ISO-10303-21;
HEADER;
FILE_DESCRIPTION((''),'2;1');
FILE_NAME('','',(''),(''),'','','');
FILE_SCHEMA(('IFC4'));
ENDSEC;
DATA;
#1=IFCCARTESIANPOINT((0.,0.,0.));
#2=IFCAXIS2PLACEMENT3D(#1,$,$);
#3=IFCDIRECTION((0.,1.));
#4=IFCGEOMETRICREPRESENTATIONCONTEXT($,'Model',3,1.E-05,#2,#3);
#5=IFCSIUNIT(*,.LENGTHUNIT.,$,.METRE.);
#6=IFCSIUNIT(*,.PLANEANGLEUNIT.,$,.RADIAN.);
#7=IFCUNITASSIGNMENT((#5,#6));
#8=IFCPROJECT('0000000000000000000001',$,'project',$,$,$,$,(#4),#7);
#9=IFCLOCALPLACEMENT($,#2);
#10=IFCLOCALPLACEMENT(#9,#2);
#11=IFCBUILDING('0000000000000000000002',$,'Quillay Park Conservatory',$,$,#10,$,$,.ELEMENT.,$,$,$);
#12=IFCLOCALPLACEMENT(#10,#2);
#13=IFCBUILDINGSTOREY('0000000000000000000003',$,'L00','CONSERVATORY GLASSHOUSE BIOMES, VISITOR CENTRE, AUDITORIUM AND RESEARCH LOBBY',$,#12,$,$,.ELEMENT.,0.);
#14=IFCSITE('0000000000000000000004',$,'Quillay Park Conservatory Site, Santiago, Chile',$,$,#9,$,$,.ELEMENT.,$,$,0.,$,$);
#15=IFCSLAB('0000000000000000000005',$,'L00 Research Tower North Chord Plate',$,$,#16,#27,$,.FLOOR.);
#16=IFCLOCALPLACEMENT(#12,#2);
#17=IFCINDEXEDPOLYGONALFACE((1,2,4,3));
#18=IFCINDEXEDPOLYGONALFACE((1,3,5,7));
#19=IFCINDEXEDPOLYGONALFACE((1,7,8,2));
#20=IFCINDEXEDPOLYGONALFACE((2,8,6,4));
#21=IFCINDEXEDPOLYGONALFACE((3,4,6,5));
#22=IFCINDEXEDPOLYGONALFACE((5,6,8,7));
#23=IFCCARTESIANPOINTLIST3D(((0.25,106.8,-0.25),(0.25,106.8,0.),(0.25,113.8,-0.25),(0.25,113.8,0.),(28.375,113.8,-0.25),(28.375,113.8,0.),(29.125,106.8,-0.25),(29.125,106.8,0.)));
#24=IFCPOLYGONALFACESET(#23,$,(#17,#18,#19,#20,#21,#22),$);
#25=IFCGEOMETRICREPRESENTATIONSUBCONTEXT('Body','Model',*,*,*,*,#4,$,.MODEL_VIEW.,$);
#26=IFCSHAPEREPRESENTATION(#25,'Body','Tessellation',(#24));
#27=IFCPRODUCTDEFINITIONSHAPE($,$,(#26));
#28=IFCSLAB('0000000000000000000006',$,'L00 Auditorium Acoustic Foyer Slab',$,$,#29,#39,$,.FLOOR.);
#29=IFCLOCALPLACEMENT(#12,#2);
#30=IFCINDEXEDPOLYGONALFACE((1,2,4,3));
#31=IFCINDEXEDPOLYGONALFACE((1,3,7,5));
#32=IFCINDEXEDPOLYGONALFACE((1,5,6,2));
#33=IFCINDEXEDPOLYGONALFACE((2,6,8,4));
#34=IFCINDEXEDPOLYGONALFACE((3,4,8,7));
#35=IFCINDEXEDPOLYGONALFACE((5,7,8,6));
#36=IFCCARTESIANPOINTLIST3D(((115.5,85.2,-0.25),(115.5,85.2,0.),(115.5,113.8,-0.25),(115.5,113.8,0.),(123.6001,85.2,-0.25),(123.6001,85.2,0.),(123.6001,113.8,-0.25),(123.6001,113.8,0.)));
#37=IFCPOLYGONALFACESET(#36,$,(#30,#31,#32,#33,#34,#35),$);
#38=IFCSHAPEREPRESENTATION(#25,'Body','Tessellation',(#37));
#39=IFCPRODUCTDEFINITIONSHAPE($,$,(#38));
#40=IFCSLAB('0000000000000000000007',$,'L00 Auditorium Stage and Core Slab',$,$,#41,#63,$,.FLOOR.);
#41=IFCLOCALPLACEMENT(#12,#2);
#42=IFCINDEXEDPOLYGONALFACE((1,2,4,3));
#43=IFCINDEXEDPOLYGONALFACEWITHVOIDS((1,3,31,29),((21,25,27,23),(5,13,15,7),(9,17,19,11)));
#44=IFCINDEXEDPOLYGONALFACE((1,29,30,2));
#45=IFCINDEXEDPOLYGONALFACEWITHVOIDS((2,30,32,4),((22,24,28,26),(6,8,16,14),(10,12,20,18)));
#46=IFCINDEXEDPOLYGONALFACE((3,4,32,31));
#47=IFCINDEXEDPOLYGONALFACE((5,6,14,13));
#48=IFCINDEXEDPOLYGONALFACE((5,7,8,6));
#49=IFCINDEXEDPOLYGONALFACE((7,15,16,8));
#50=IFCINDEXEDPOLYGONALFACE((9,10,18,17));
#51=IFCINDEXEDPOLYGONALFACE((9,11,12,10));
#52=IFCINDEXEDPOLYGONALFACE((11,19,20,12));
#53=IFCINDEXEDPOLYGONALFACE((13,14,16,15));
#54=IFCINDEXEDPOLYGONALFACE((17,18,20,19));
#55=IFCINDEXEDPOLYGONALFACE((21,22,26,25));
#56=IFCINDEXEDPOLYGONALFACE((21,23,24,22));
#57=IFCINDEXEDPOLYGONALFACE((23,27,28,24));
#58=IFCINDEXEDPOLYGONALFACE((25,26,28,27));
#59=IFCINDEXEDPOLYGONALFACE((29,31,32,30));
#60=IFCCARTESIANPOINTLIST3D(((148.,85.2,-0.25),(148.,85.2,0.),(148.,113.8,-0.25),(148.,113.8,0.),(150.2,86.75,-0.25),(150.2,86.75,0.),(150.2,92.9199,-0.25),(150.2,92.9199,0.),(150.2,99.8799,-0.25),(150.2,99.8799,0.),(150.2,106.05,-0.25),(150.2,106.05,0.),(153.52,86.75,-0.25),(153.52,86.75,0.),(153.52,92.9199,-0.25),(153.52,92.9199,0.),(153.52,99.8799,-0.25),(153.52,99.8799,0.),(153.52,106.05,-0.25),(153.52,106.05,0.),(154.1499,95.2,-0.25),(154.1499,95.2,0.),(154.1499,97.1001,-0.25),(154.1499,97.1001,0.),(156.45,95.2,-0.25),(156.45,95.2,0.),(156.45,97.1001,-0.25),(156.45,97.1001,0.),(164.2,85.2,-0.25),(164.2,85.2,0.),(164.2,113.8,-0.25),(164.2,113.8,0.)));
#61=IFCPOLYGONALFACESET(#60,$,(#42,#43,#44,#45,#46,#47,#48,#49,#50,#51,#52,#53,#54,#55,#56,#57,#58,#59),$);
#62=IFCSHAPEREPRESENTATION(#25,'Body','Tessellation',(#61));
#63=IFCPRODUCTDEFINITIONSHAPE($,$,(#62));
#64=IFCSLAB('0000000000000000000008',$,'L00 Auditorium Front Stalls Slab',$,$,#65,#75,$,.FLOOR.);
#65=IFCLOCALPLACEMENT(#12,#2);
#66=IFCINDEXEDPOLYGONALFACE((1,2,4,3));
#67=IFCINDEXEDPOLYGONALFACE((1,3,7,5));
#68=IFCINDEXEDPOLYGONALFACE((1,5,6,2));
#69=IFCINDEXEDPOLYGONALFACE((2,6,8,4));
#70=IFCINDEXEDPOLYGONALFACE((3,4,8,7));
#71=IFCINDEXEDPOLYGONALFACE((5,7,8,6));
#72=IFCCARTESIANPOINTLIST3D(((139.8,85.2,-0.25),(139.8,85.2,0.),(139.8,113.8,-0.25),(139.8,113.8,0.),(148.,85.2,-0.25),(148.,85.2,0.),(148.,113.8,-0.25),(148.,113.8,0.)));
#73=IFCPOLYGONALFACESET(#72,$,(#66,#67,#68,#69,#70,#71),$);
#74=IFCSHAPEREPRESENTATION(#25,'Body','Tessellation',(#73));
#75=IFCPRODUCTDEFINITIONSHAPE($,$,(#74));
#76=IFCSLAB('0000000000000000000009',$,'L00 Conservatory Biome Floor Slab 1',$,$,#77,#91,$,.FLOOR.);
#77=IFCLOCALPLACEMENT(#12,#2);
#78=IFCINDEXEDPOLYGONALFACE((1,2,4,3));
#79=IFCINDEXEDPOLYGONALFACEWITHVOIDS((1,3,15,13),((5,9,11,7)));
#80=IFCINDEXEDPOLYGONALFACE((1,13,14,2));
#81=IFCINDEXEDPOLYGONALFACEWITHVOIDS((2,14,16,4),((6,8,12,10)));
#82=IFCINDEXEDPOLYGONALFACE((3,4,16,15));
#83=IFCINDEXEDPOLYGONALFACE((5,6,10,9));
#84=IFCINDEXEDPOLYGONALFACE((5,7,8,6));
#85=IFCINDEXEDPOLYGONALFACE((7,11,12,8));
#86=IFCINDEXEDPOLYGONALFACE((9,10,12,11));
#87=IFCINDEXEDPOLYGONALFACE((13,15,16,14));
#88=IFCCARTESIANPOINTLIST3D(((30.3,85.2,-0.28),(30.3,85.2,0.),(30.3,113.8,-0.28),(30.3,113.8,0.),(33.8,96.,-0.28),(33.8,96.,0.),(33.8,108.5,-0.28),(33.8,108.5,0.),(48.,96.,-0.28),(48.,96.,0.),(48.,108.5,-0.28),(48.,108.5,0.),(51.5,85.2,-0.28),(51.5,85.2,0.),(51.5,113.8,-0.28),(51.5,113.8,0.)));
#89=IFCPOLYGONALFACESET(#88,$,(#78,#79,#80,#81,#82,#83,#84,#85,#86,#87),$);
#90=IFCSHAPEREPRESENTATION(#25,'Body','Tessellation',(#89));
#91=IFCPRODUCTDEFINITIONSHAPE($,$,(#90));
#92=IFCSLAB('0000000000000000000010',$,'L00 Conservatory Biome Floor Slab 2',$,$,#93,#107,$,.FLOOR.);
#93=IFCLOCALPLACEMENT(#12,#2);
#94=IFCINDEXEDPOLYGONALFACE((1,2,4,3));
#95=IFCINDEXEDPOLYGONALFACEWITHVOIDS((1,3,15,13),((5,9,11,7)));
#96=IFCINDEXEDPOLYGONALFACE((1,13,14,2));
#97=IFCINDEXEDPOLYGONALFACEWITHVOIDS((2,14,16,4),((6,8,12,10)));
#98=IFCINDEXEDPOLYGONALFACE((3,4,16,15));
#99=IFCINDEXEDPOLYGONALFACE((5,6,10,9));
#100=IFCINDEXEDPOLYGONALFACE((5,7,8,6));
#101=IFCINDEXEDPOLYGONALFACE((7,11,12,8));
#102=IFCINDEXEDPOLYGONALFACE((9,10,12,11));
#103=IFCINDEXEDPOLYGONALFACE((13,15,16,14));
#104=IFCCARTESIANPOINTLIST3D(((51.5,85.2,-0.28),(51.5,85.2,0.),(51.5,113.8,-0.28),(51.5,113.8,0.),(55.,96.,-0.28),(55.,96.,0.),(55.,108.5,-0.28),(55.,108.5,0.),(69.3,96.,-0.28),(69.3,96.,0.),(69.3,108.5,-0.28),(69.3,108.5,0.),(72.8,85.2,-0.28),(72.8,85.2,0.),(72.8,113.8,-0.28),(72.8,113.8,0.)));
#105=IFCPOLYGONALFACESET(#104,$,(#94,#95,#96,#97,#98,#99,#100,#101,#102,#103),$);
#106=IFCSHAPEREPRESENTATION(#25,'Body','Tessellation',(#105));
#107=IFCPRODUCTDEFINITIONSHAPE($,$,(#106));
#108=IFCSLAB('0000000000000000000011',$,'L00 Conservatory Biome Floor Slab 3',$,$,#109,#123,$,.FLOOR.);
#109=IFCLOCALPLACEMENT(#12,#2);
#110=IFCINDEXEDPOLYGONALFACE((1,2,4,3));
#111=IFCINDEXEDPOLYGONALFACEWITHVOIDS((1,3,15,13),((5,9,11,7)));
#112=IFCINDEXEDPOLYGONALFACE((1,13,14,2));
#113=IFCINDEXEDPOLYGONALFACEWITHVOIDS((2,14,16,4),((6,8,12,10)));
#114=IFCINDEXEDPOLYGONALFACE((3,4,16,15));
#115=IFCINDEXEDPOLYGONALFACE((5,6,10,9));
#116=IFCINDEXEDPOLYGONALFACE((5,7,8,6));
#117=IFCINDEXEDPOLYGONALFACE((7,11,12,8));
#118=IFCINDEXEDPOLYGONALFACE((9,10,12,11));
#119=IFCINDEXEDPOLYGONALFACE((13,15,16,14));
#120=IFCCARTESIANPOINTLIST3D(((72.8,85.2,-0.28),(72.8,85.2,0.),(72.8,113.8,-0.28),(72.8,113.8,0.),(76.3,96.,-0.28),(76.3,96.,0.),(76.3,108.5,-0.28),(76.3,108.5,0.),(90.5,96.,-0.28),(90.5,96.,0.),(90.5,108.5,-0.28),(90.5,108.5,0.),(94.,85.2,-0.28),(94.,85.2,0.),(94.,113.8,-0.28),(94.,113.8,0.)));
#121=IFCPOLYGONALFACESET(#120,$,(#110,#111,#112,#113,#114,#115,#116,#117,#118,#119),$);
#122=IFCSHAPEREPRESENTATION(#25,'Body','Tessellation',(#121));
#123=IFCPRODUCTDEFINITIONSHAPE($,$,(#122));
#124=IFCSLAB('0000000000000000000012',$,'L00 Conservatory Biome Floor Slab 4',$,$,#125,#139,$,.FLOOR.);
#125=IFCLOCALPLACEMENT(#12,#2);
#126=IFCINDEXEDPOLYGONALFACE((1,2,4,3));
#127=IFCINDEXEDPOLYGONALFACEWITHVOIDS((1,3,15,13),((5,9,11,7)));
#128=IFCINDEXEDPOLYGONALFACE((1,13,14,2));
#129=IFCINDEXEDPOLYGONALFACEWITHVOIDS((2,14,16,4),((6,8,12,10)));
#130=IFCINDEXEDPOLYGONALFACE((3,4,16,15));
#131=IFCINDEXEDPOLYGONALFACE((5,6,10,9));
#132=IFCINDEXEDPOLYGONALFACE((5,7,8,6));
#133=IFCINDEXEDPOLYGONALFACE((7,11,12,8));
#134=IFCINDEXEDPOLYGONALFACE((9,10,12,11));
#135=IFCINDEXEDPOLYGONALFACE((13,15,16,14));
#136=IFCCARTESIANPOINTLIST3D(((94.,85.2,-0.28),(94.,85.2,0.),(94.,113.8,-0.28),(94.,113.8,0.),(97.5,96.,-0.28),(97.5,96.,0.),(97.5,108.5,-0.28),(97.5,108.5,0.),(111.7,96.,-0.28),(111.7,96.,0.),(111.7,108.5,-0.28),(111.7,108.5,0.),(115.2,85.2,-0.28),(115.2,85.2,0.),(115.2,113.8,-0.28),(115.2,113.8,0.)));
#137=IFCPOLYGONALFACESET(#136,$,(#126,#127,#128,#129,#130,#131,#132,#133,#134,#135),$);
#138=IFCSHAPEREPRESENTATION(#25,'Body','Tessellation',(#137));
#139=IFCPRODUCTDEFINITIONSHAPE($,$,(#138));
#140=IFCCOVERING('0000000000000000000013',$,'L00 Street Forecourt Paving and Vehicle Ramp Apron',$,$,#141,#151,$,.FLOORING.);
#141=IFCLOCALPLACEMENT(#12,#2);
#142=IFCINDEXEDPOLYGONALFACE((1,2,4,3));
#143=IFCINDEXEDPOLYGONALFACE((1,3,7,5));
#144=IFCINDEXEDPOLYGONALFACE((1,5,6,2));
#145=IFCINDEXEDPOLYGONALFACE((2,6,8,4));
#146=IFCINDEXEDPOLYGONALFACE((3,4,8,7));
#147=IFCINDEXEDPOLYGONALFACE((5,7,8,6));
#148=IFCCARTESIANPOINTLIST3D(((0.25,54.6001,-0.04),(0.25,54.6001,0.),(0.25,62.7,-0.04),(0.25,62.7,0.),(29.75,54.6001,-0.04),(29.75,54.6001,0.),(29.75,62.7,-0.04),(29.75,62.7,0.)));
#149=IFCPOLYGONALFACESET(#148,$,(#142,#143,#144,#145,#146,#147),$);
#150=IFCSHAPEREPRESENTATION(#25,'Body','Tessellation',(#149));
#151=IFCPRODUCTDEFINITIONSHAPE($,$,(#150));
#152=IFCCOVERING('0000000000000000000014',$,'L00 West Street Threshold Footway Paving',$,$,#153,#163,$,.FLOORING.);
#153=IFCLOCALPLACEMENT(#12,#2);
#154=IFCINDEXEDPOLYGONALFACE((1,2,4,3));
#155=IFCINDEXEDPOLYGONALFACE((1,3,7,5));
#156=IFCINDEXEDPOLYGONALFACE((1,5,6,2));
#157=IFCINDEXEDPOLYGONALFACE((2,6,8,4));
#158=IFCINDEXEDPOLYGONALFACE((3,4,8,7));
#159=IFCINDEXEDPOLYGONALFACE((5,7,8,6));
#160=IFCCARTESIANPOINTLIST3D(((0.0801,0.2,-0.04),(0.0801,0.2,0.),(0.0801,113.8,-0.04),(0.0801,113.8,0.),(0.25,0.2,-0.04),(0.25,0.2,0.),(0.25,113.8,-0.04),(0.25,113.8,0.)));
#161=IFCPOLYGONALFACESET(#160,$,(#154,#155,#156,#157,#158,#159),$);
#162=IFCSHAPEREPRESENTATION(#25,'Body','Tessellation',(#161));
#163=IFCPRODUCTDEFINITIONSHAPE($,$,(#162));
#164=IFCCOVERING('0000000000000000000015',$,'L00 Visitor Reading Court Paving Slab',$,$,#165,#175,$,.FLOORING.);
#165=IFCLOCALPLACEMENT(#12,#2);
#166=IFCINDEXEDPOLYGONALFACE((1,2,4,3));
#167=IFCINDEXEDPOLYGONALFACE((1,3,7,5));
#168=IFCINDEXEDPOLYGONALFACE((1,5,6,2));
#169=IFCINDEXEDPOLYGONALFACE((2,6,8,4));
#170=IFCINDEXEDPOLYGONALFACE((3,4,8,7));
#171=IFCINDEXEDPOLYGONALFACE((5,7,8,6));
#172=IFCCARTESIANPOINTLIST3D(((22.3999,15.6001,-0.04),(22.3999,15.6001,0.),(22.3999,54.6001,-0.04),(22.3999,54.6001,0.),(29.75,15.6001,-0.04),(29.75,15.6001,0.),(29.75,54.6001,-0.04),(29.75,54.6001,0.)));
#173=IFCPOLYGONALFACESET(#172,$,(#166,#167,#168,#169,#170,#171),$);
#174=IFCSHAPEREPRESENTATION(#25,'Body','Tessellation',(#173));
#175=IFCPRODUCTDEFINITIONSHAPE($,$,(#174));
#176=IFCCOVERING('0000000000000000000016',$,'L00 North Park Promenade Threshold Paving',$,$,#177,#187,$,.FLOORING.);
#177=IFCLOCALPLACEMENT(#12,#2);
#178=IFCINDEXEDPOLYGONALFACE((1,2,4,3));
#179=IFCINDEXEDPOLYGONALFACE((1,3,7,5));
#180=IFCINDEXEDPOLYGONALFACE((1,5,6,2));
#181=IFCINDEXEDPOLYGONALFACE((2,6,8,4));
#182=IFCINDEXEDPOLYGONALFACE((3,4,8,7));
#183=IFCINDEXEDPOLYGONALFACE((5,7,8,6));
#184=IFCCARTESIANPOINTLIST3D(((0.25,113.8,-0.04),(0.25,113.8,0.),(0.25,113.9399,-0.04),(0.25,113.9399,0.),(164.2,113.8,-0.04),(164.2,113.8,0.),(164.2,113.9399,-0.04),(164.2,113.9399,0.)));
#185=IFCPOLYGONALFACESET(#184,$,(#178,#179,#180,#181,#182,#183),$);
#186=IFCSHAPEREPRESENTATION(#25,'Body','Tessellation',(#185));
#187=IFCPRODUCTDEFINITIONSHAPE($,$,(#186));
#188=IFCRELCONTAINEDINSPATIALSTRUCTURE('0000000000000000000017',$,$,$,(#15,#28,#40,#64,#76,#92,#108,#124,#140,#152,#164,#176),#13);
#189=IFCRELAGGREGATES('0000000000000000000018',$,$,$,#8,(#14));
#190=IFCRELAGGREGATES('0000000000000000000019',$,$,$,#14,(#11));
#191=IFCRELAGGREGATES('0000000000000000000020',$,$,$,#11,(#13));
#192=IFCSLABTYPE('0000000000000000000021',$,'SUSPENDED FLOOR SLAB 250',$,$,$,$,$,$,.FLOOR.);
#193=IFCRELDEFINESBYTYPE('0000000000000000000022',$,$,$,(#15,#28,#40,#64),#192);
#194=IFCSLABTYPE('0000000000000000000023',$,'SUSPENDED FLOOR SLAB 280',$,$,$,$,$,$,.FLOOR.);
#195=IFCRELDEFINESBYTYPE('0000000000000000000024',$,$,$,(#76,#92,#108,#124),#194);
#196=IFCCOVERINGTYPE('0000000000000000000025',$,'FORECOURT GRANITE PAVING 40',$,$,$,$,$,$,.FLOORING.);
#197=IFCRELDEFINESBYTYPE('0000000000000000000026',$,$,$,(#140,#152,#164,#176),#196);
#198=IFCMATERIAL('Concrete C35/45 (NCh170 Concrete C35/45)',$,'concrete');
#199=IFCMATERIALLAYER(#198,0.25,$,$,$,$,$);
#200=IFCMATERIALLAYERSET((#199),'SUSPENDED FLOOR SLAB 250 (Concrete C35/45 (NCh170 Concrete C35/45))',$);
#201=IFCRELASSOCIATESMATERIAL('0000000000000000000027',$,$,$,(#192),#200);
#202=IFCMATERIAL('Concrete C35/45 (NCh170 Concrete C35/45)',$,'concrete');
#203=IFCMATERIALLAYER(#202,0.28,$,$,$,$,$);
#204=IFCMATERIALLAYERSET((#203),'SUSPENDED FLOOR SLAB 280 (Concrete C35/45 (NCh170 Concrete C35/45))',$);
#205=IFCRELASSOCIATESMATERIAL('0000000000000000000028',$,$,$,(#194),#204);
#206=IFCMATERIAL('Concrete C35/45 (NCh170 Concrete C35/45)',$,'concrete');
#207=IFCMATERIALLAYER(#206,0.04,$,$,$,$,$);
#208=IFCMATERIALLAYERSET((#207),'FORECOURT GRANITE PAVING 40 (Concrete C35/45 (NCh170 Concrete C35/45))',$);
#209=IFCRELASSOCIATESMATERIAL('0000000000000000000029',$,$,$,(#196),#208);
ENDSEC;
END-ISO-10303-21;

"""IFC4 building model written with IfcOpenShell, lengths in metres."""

from ifc_helpers import new_model, si_unit, direction, frame, origin, place, context, subcontext, project, spatial, polyline, outline, extrude, material, layer, layer_set, type_object, element, save


model = new_model("IFC4")

# Units and contexts
model_context = context("Model", 3, precision=1e-05, world=origin(), true_north=direction((0.0, 1.0)))
body_context = subcontext(model_context, "Body", "Model", "MODEL_VIEW")
ifc_project = project(units=[si_unit("LENGTHUNIT", "METRE"), si_unit("PLANEANGLEUNIT", "RADIAN")], contexts=[model_context])

# Site, building, storey
site_placement = place(None, origin())
site = spatial("IfcSite", under=ifc_project, at=site_placement, Name="Quillay Park Conservatory Site, Santiago, Chile", CompositionType="ELEMENT", RefElevation=0.0)
building_placement = place(site_placement, origin())
building = spatial("IfcBuilding", under=site, at=building_placement, Name="Quillay Park Conservatory", CompositionType="ELEMENT")
storey_placement = place(building_placement, origin())
storey = spatial("IfcBuildingStorey", under=building, at=storey_placement, Name="L00", Description="CONSERVATORY GLASSHOUSE BIOMES, VISITOR CENTRE, AUDITORIUM AND RESEARCH LOBBY", CompositionType="ELEMENT", Elevation=0.0)

# Slabs
ifc_material_1 = material(Name="Concrete C35/45 (NCh170 Concrete C35/45)", Category="concrete")
ifc_layer_1 = layer(ifc_material_1, 0.25)
ifc_layer_set_1 = layer_set([ifc_layer_1], Name="SUSPENDED FLOOR SLAB 250 (Concrete C35/45 (NCh170 Concrete C35/45))")
slab_type_1 = type_object("IfcSlabType", Name="SUSPENDED FLOOR SLAB 250", PredefinedType="FLOOR", material=ifc_layer_set_1)
slab_1_placement = place(storey_placement, frame((0.0, 0.0, -0.25)))
element("IfcSlab", 1, at=slab_1_placement, inside=storey, type_object=slab_type_1, Name="L00 Research Tower North Chord Plate", PredefinedType="FLOOR", context=body_context, shape_type="SweptSolid", body=[
    extrude(outline(polyline([(0.25, 106.8), (29.125, 106.8), (28.375, 113.8), (0.25, 113.8), (0.25, 106.8)])), origin(), (0.0, 0.0, 1.0), 0.25),
])
slab_2_placement = place(storey_placement, frame((0.0, 0.0, -0.25)))
element("IfcSlab", 2, at=slab_2_placement, inside=storey, type_object=slab_type_1, Name="L00 Auditorium Acoustic Foyer Slab", PredefinedType="FLOOR", context=body_context, shape_type="SweptSolid", body=[
    extrude(outline(polyline([(115.5, 85.2), (123.6001, 85.2), (123.6001, 113.8), (115.5, 113.8), (115.5, 85.2)])), origin(), (0.0, 0.0, 1.0), 0.25),
])
slab_3_placement = place(storey_placement, frame((0.0, 0.0, -0.25)))
element("IfcSlab", 3, at=slab_3_placement, inside=storey, type_object=slab_type_1, Name="L00 Auditorium Stage and Core Slab", PredefinedType="FLOOR", context=body_context, shape_type="SweptSolid", body=[
    extrude(outline(polyline([(148.0, 85.2), (164.2, 85.2), (164.2, 113.8), (148.0, 113.8), (148.0, 85.2)]), holes=[polyline([(150.2, 86.75), (153.52, 86.75), (153.52, 92.9199), (150.2, 92.9199), (150.2, 86.75)]), polyline([(150.2, 99.8799), (153.52, 99.8799), (153.52, 106.05), (150.2, 106.05), (150.2, 99.8799)]), polyline([(154.1499, 95.2), (156.45, 95.2), (156.45, 97.1001), (154.1499, 97.1001), (154.1499, 95.2)])]), origin(), (0.0, 0.0, 1.0), 0.25),
])
slab_4_placement = place(storey_placement, frame((0.0, 0.0, -0.25)))
element("IfcSlab", 4, at=slab_4_placement, inside=storey, type_object=slab_type_1, Name="L00 Auditorium Front Stalls Slab", PredefinedType="FLOOR", context=body_context, shape_type="SweptSolid", body=[
    extrude(outline(polyline([(139.8, 85.2), (148.0, 85.2), (148.0, 113.8), (139.8, 113.8), (139.8, 85.2)])), origin(), (0.0, 0.0, 1.0), 0.25),
])
ifc_material_2 = material(Name="Concrete C35/45 (NCh170 Concrete C35/45)", Category="concrete")
ifc_layer_2 = layer(ifc_material_2, 0.28)
ifc_layer_set_2 = layer_set([ifc_layer_2], Name="SUSPENDED FLOOR SLAB 280 (Concrete C35/45 (NCh170 Concrete C35/45))")
slab_type_2 = type_object("IfcSlabType", Name="SUSPENDED FLOOR SLAB 280", PredefinedType="FLOOR", material=ifc_layer_set_2)
slab_5_placement = place(storey_placement, frame((0.0, 0.0, -0.28)))
element("IfcSlab", 5, at=slab_5_placement, inside=storey, type_object=slab_type_2, Name="L00 Conservatory Biome Floor Slab 1", PredefinedType="FLOOR", context=body_context, shape_type="SweptSolid", body=[
    extrude(outline(polyline([(30.3, 85.2), (51.5, 85.2), (51.5, 113.8), (30.3, 113.8), (30.3, 85.2)]), holes=[polyline([(33.8, 96.0), (48.0, 96.0), (48.0, 108.5), (33.8, 108.5), (33.8, 96.0)])]), origin(), (0.0, 0.0, 1.0), 0.28),
])
slab_6_placement = place(storey_placement, frame((0.0, 0.0, -0.28)))
element("IfcSlab", 6, at=slab_6_placement, inside=storey, type_object=slab_type_2, Name="L00 Conservatory Biome Floor Slab 2", PredefinedType="FLOOR", context=body_context, shape_type="SweptSolid", body=[
    extrude(outline(polyline([(51.5, 85.2), (72.8, 85.2), (72.8, 113.8), (51.5, 113.8), (51.5, 85.2)]), holes=[polyline([(55.0, 96.0), (69.3, 96.0), (69.3, 108.5), (55.0, 108.5), (55.0, 96.0)])]), origin(), (0.0, 0.0, 1.0), 0.28),
])
slab_7_placement = place(storey_placement, frame((0.0, 0.0, -0.28)))
element("IfcSlab", 7, at=slab_7_placement, inside=storey, type_object=slab_type_2, Name="L00 Conservatory Biome Floor Slab 3", PredefinedType="FLOOR", context=body_context, shape_type="SweptSolid", body=[
    extrude(outline(polyline([(72.8, 85.2), (94.0, 85.2), (94.0, 113.8), (72.8, 113.8), (72.8, 85.2)]), holes=[polyline([(76.3, 96.0), (90.5, 96.0), (90.5, 108.5), (76.3, 108.5), (76.3, 96.0)])]), origin(), (0.0, 0.0, 1.0), 0.28),
])
slab_8_placement = place(storey_placement, frame((0.0, 0.0, -0.28)))
element("IfcSlab", 8, at=slab_8_placement, inside=storey, type_object=slab_type_2, Name="L00 Conservatory Biome Floor Slab 4", PredefinedType="FLOOR", context=body_context, shape_type="SweptSolid", body=[
    extrude(outline(polyline([(94.0, 85.2), (115.2, 85.2), (115.2, 113.8), (94.0, 113.8), (94.0, 85.2)]), holes=[polyline([(97.5, 96.0), (111.7, 96.0), (111.7, 108.5), (97.5, 108.5), (97.5, 96.0)])]), origin(), (0.0, 0.0, 1.0), 0.28),
])

# Coverings
ifc_material_3 = material(Name="Concrete C35/45 (NCh170 Concrete C35/45)", Category="concrete")
ifc_layer_3 = layer(ifc_material_3, 0.04)
ifc_layer_set_3 = layer_set([ifc_layer_3], Name="FORECOURT GRANITE PAVING 40 (Concrete C35/45 (NCh170 Concrete C35/45))")
covering_type = type_object("IfcCoveringType", Name="FORECOURT GRANITE PAVING 40", PredefinedType="FLOORING", material=ifc_layer_set_3)
covering_1_placement = place(storey_placement, frame((0.0, 0.0, -0.04)))
element("IfcCovering", 9, at=covering_1_placement, inside=storey, type_object=covering_type, Name="L00 Street Forecourt Paving and Vehicle Ramp Apron", PredefinedType="FLOORING", context=body_context, shape_type="SweptSolid", body=[
    extrude(outline(polyline([(0.25, 54.6001), (29.75, 54.6001), (29.75, 62.7), (0.25, 62.7), (0.25, 54.6001)])), origin(), (0.0, 0.0, 1.0), 0.04),
])
covering_2_placement = place(storey_placement, frame((0.0, 0.0, -0.04)))
element("IfcCovering", 10, at=covering_2_placement, inside=storey, type_object=covering_type, Name="L00 West Street Threshold Footway Paving", PredefinedType="FLOORING", context=body_context, shape_type="SweptSolid", body=[
    extrude(outline(polyline([(0.0801, 0.2), (0.25, 0.2), (0.25, 113.8), (0.0801, 113.8), (0.0801, 0.2)])), origin(), (0.0, 0.0, 1.0), 0.04),
])
covering_3_placement = place(storey_placement, frame((0.0, 0.0, -0.04)))
element("IfcCovering", 11, at=covering_3_placement, inside=storey, type_object=covering_type, Name="L00 Visitor Reading Court Paving Slab", PredefinedType="FLOORING", context=body_context, shape_type="SweptSolid", body=[
    extrude(outline(polyline([(22.3999, 15.6001), (29.75, 15.6001), (29.75, 54.6001), (22.3999, 54.6001), (22.3999, 15.6001)])), origin(), (0.0, 0.0, 1.0), 0.04),
])
covering_4_placement = place(storey_placement, frame((0.0, 0.0, -0.04)))
element("IfcCovering", 12, at=covering_4_placement, inside=storey, type_object=covering_type, Name="L00 North Park Promenade Threshold Paving", PredefinedType="FLOORING", context=body_context, shape_type="SweptSolid", body=[
    extrude(outline(polyline([(0.25, 113.8), (164.2, 113.8), (164.2, 113.9399), (0.25, 113.9399), (0.25, 113.8)])), origin(), (0.0, 0.0, 1.0), 0.04),
])

save(model, "model.ifc")
